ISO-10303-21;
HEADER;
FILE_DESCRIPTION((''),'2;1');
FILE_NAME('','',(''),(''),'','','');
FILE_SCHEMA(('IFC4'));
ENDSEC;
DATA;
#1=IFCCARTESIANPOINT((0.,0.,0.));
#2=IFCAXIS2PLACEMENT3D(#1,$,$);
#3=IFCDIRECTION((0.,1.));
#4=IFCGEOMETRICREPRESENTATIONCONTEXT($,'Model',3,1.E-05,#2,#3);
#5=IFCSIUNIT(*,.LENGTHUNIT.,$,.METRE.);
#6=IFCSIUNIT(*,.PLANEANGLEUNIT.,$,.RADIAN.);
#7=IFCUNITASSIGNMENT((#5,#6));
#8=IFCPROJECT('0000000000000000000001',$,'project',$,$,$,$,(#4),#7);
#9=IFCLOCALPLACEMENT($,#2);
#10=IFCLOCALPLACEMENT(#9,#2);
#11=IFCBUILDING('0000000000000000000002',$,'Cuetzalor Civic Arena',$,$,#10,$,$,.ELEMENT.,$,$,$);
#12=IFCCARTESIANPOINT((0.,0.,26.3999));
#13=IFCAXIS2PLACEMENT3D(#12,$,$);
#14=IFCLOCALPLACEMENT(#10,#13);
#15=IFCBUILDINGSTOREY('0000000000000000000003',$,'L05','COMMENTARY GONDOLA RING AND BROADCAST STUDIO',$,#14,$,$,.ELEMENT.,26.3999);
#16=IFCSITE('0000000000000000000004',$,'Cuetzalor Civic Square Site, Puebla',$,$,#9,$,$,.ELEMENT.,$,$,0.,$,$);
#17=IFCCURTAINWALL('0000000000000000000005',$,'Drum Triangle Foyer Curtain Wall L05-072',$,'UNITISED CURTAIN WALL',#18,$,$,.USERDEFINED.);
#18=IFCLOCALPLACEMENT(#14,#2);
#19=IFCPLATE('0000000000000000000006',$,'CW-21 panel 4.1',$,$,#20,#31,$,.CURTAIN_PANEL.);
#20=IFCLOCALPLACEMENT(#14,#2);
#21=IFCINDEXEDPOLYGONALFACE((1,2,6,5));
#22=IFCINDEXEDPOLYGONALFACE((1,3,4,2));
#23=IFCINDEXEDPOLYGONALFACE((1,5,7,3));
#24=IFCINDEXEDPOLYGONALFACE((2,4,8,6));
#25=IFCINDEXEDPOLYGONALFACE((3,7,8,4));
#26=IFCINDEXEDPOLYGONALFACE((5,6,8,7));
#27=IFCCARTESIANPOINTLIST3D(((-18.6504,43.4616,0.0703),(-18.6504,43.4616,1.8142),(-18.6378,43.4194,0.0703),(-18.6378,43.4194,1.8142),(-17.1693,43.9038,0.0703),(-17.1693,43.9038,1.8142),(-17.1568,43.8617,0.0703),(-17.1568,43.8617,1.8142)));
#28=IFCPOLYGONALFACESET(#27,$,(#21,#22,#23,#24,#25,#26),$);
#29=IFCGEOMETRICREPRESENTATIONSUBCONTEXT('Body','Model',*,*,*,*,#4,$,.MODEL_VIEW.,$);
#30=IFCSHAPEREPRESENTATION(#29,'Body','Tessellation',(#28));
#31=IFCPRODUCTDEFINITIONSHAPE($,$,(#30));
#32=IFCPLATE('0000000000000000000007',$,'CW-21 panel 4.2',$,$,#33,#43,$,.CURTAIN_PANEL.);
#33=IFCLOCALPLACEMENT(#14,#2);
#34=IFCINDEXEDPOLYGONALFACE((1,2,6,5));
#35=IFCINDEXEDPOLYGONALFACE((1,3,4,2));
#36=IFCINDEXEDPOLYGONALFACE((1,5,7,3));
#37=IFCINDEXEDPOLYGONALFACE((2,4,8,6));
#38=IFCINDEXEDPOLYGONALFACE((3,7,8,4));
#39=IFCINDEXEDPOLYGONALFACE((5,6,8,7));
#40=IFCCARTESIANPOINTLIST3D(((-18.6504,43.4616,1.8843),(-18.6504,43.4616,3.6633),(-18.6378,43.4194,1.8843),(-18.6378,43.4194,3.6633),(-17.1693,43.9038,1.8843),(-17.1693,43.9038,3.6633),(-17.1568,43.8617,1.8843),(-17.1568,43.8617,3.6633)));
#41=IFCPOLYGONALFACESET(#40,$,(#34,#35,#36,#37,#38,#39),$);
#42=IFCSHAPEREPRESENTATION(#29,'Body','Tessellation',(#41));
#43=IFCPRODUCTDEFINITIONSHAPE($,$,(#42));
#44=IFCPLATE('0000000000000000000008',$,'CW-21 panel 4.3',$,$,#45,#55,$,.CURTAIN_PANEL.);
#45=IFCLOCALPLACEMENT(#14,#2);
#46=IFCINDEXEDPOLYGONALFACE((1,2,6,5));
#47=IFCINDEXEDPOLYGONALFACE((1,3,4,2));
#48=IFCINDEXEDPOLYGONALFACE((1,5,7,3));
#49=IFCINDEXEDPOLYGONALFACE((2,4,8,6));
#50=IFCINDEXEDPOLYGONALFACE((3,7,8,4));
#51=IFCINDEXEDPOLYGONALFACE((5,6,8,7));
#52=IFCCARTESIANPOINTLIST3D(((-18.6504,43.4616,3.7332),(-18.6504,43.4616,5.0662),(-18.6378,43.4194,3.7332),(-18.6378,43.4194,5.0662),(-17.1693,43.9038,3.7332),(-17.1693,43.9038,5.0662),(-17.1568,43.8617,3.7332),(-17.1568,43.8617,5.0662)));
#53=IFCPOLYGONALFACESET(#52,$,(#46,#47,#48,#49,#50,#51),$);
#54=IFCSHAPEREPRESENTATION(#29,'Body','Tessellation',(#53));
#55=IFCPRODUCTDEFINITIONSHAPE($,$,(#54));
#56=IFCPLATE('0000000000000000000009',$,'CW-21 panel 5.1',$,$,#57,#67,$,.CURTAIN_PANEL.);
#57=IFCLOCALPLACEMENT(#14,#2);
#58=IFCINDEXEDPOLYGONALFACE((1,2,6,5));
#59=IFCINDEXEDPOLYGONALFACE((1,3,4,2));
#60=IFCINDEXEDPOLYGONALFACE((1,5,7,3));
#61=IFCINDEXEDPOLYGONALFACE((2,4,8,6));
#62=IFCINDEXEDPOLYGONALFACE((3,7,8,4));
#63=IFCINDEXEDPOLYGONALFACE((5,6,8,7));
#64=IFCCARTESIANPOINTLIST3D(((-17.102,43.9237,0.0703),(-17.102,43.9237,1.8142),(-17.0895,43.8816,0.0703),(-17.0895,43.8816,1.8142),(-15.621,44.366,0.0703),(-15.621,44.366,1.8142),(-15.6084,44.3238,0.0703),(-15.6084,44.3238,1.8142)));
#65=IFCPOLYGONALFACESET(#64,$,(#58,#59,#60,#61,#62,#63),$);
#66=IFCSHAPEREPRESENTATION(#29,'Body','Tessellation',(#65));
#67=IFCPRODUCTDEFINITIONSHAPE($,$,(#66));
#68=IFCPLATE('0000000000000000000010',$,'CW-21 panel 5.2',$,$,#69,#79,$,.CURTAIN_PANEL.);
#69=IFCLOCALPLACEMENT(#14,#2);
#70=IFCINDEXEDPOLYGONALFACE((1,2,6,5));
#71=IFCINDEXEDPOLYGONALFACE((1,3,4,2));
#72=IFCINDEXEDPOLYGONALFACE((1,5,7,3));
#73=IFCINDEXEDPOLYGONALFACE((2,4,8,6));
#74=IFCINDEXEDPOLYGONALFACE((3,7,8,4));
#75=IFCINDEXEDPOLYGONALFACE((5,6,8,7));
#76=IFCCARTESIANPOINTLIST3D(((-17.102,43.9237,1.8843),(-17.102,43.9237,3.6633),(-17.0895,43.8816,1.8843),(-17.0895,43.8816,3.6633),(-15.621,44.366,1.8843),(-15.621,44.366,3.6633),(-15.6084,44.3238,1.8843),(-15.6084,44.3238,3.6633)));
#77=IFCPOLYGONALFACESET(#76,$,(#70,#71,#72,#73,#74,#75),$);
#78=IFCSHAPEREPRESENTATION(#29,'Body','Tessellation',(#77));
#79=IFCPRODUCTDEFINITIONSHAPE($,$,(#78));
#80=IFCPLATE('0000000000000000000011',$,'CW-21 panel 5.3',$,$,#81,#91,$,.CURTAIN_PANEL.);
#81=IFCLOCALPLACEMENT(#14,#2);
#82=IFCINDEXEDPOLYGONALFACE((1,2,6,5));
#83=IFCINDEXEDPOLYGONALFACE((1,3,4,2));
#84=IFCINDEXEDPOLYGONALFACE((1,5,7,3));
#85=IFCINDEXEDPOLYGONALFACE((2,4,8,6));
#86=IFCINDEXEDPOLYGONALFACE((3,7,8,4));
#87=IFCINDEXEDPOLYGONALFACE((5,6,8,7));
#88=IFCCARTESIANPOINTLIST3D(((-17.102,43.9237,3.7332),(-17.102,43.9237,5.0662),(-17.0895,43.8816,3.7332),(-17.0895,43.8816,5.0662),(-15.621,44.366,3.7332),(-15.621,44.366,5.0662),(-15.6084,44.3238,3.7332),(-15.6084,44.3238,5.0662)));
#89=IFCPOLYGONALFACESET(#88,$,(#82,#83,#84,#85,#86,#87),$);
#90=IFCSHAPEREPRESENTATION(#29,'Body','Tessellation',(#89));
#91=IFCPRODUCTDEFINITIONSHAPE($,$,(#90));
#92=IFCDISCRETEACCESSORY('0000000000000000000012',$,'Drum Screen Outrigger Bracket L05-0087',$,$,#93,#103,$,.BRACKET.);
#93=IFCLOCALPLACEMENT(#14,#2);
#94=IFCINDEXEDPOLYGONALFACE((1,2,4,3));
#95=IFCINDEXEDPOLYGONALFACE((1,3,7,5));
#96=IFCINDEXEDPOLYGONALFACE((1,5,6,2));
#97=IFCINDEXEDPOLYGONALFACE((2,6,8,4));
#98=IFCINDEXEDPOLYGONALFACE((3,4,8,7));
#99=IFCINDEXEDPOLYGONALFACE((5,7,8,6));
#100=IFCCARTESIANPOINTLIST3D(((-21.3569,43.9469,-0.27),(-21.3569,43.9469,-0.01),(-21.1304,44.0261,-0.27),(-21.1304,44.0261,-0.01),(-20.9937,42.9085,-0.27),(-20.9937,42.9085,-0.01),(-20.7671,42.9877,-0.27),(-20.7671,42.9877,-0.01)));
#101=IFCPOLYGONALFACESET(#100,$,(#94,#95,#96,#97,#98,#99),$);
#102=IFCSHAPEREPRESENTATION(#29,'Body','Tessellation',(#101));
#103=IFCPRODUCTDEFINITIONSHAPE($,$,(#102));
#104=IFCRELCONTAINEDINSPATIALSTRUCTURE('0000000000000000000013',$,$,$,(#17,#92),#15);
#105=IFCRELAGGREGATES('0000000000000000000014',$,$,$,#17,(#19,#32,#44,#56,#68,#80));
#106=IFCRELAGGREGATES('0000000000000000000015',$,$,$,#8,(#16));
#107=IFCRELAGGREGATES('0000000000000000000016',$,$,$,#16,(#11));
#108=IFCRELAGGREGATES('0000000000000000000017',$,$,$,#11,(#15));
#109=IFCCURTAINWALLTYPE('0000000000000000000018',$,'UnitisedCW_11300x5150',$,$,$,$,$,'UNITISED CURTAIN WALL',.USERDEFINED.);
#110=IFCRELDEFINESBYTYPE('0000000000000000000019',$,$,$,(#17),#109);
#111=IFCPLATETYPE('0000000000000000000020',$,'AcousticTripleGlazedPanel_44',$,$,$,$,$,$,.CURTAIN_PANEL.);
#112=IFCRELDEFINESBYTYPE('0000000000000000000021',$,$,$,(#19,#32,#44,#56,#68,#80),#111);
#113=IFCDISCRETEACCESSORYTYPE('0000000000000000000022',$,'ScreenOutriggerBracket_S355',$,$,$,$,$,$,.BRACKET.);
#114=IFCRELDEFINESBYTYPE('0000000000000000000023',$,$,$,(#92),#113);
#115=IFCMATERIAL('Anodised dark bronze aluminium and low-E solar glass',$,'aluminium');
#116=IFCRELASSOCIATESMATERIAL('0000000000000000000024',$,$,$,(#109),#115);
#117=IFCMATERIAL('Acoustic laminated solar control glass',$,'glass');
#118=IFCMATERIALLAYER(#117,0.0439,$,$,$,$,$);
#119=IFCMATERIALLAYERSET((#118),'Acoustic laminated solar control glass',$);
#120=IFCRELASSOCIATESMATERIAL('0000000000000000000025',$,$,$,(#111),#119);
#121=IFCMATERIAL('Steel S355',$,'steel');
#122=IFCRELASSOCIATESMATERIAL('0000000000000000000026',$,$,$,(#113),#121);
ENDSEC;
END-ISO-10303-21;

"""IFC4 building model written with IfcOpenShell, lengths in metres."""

from ifc_helpers import new_model, si_unit, direction, frame, origin, origin_2d, place, context, subcontext, project, spatial, rectangle, extrude, material, layer, layer_set, type_object, element, aggregate, save


model = new_model("IFC4")

# Units and contexts
model_context = context("Model", 3, precision=1e-05, world=origin(), true_north=direction((0.0, 1.0)))
body_context = subcontext(model_context, "Body", "Model", "MODEL_VIEW")
ifc_project = project(units=[si_unit("LENGTHUNIT", "METRE"), si_unit("PLANEANGLEUNIT", "RADIAN")], contexts=[model_context])

# Site, building, storey
site_placement = place(None, origin())
site = spatial("IfcSite", under=ifc_project, at=site_placement, Name="Cuetzalor Civic Square Site, Puebla", CompositionType="ELEMENT", RefElevation=0.0)
building_placement = place(site_placement, origin())
building = spatial("IfcBuilding", under=site, at=building_placement, Name="Cuetzalor Civic Arena", CompositionType="ELEMENT")
storey_placement = place(building_placement, frame((0.0, 0.0, 26.3999)))
storey = spatial("IfcBuildingStorey", under=building, at=storey_placement, Name="L05", Description="COMMENTARY GONDOLA RING AND BROADCAST STUDIO", CompositionType="ELEMENT", Elevation=26.3999)

# Curtain wall, plates
ifc_material_1 = material(Name="Anodised dark bronze aluminium and low-E solar glass", Category="aluminium")
curtain_wall_type = type_object("IfcCurtainWallType", Name="UnitisedCW_11300x5150", ElementType="UNITISED CURTAIN WALL", PredefinedType="USERDEFINED", material=ifc_material_1)
curtain_wall_placement = place(storey_placement, origin())
curtain_wall = element("IfcCurtainWall", 1, at=curtain_wall_placement, inside=storey, type_object=curtain_wall_type, Name="Drum Triangle Foyer Curtain Wall L05-072", ObjectType="UNITISED CURTAIN WALL", PredefinedType="USERDEFINED")
ifc_material_2 = material(Name="Acoustic laminated solar control glass", Category="glass")
ifc_layer = layer(ifc_material_2, 0.0439)
ifc_layer_set = layer_set([ifc_layer], Name="Acoustic laminated solar control glass")
plate_type = type_object("IfcPlateType", Name="AcousticTripleGlazedPanel_44", PredefinedType="CURTAIN_PANEL", material=ifc_layer_set)
plate_1_placement = place(storey_placement, frame((-17.9036, 43.6616, 0.0703), z_axis=(0.0, 0.0, 1.0), x_axis=(0.958194, 0.28612, 0.0)))
plate_1 = element("IfcPlate", 2, at=plate_1_placement, type_object=plate_type, Name="CW-21 panel 4.1", PredefinedType="CURTAIN_PANEL", context=body_context, shape_type="SweptSolid", body=[
    extrude(rectangle(XDim=1.5457, YDim=0.0439, at=origin_2d()), origin(), (0.0, 0.0, 1.0), 1.7439),
])
plate_2_placement = place(storey_placement, frame((-17.9036, 43.6616, 1.8843), z_axis=(0.0, 0.0, 1.0), x_axis=(0.958194, 0.28612, 0.0)))
plate_2 = element("IfcPlate", 3, at=plate_2_placement, type_object=plate_type, Name="CW-21 panel 4.2", PredefinedType="CURTAIN_PANEL", context=body_context, shape_type="SweptSolid", body=[
    extrude(rectangle(XDim=1.5457, YDim=0.0439, at=origin_2d()), origin(), (0.0, 0.0, 1.0), 1.7791),
])
plate_3_placement = place(storey_placement, frame((-17.9036, 43.6616, 3.7332), z_axis=(0.0, 0.0, 1.0), x_axis=(0.958194, 0.28612, 0.0)))
plate_3 = element("IfcPlate", 4, at=plate_3_placement, type_object=plate_type, Name="CW-21 panel 4.3", PredefinedType="CURTAIN_PANEL", context=body_context, shape_type="SweptSolid", body=[
    extrude(rectangle(XDim=1.5457, YDim=0.0439, at=origin_2d()), origin(), (0.0, 0.0, 1.0), 1.333),
])
plate_4_placement = place(storey_placement, frame((-16.3552, 44.1238, 0.0703), z_axis=(0.0, 0.0, 1.0), x_axis=(0.958194, 0.28612, 0.0)))
plate_4 = element("IfcPlate", 5, at=plate_4_placement, type_object=plate_type, Name="CW-21 panel 5.1", PredefinedType="CURTAIN_PANEL", context=body_context, shape_type="SweptSolid", body=[
    extrude(rectangle(XDim=1.5457, YDim=0.0439, at=origin_2d()), origin(), (0.0, 0.0, 1.0), 1.7439),
])
plate_5_placement = place(storey_placement, frame((-16.3552, 44.1238, 1.8843), z_axis=(0.0, 0.0, 1.0), x_axis=(0.958194, 0.28612, 0.0)))
plate_5 = element("IfcPlate", 6, at=plate_5_placement, type_object=plate_type, Name="CW-21 panel 5.2", PredefinedType="CURTAIN_PANEL", context=body_context, shape_type="SweptSolid", body=[
    extrude(rectangle(XDim=1.5457, YDim=0.0439, at=origin_2d()), origin(), (0.0, 0.0, 1.0), 1.7791),
])
plate_6_placement = place(storey_placement, frame((-16.3552, 44.1238, 3.7332), z_axis=(0.0, 0.0, 1.0), x_axis=(0.958194, 0.28612, 0.0)))
plate_6 = element("IfcPlate", 7, at=plate_6_placement, type_object=plate_type, Name="CW-21 panel 5.3", PredefinedType="CURTAIN_PANEL", context=body_context, shape_type="SweptSolid", body=[
    extrude(rectangle(XDim=1.5457, YDim=0.0439, at=origin_2d()), origin(), (0.0, 0.0, 1.0), 1.333),
])
aggregate(curtain_wall, [plate_1, plate_2, plate_3, plate_4, plate_5, plate_6])

# Discrete accessory
ifc_material_3 = material(Name="Steel S355", Category="steel")
discrete_accessory_type = type_object("IfcDiscreteAccessoryType", Name="ScreenOutriggerBracket_S355", PredefinedType="BRACKET", material=ifc_material_3)
discrete_accessory_placement = place(storey_placement, frame((-21.062, 43.4673, -0.27), z_axis=(0.0, 0.0, 1.0), x_axis=(-0.330185, 0.943916, 0.0)))
element("IfcDiscreteAccessory", 8, at=discrete_accessory_placement, inside=storey, type_object=discrete_accessory_type, Name="Drum Screen Outrigger Bracket L05-0087", PredefinedType="BRACKET", context=body_context, shape_type="SweptSolid", body=[
    extrude(rectangle(XDim=1.1001, YDim=0.24, at=origin_2d()), origin(), (0.0, 0.0, 1.0), 0.26),
])

save(model, "model.ifc")
